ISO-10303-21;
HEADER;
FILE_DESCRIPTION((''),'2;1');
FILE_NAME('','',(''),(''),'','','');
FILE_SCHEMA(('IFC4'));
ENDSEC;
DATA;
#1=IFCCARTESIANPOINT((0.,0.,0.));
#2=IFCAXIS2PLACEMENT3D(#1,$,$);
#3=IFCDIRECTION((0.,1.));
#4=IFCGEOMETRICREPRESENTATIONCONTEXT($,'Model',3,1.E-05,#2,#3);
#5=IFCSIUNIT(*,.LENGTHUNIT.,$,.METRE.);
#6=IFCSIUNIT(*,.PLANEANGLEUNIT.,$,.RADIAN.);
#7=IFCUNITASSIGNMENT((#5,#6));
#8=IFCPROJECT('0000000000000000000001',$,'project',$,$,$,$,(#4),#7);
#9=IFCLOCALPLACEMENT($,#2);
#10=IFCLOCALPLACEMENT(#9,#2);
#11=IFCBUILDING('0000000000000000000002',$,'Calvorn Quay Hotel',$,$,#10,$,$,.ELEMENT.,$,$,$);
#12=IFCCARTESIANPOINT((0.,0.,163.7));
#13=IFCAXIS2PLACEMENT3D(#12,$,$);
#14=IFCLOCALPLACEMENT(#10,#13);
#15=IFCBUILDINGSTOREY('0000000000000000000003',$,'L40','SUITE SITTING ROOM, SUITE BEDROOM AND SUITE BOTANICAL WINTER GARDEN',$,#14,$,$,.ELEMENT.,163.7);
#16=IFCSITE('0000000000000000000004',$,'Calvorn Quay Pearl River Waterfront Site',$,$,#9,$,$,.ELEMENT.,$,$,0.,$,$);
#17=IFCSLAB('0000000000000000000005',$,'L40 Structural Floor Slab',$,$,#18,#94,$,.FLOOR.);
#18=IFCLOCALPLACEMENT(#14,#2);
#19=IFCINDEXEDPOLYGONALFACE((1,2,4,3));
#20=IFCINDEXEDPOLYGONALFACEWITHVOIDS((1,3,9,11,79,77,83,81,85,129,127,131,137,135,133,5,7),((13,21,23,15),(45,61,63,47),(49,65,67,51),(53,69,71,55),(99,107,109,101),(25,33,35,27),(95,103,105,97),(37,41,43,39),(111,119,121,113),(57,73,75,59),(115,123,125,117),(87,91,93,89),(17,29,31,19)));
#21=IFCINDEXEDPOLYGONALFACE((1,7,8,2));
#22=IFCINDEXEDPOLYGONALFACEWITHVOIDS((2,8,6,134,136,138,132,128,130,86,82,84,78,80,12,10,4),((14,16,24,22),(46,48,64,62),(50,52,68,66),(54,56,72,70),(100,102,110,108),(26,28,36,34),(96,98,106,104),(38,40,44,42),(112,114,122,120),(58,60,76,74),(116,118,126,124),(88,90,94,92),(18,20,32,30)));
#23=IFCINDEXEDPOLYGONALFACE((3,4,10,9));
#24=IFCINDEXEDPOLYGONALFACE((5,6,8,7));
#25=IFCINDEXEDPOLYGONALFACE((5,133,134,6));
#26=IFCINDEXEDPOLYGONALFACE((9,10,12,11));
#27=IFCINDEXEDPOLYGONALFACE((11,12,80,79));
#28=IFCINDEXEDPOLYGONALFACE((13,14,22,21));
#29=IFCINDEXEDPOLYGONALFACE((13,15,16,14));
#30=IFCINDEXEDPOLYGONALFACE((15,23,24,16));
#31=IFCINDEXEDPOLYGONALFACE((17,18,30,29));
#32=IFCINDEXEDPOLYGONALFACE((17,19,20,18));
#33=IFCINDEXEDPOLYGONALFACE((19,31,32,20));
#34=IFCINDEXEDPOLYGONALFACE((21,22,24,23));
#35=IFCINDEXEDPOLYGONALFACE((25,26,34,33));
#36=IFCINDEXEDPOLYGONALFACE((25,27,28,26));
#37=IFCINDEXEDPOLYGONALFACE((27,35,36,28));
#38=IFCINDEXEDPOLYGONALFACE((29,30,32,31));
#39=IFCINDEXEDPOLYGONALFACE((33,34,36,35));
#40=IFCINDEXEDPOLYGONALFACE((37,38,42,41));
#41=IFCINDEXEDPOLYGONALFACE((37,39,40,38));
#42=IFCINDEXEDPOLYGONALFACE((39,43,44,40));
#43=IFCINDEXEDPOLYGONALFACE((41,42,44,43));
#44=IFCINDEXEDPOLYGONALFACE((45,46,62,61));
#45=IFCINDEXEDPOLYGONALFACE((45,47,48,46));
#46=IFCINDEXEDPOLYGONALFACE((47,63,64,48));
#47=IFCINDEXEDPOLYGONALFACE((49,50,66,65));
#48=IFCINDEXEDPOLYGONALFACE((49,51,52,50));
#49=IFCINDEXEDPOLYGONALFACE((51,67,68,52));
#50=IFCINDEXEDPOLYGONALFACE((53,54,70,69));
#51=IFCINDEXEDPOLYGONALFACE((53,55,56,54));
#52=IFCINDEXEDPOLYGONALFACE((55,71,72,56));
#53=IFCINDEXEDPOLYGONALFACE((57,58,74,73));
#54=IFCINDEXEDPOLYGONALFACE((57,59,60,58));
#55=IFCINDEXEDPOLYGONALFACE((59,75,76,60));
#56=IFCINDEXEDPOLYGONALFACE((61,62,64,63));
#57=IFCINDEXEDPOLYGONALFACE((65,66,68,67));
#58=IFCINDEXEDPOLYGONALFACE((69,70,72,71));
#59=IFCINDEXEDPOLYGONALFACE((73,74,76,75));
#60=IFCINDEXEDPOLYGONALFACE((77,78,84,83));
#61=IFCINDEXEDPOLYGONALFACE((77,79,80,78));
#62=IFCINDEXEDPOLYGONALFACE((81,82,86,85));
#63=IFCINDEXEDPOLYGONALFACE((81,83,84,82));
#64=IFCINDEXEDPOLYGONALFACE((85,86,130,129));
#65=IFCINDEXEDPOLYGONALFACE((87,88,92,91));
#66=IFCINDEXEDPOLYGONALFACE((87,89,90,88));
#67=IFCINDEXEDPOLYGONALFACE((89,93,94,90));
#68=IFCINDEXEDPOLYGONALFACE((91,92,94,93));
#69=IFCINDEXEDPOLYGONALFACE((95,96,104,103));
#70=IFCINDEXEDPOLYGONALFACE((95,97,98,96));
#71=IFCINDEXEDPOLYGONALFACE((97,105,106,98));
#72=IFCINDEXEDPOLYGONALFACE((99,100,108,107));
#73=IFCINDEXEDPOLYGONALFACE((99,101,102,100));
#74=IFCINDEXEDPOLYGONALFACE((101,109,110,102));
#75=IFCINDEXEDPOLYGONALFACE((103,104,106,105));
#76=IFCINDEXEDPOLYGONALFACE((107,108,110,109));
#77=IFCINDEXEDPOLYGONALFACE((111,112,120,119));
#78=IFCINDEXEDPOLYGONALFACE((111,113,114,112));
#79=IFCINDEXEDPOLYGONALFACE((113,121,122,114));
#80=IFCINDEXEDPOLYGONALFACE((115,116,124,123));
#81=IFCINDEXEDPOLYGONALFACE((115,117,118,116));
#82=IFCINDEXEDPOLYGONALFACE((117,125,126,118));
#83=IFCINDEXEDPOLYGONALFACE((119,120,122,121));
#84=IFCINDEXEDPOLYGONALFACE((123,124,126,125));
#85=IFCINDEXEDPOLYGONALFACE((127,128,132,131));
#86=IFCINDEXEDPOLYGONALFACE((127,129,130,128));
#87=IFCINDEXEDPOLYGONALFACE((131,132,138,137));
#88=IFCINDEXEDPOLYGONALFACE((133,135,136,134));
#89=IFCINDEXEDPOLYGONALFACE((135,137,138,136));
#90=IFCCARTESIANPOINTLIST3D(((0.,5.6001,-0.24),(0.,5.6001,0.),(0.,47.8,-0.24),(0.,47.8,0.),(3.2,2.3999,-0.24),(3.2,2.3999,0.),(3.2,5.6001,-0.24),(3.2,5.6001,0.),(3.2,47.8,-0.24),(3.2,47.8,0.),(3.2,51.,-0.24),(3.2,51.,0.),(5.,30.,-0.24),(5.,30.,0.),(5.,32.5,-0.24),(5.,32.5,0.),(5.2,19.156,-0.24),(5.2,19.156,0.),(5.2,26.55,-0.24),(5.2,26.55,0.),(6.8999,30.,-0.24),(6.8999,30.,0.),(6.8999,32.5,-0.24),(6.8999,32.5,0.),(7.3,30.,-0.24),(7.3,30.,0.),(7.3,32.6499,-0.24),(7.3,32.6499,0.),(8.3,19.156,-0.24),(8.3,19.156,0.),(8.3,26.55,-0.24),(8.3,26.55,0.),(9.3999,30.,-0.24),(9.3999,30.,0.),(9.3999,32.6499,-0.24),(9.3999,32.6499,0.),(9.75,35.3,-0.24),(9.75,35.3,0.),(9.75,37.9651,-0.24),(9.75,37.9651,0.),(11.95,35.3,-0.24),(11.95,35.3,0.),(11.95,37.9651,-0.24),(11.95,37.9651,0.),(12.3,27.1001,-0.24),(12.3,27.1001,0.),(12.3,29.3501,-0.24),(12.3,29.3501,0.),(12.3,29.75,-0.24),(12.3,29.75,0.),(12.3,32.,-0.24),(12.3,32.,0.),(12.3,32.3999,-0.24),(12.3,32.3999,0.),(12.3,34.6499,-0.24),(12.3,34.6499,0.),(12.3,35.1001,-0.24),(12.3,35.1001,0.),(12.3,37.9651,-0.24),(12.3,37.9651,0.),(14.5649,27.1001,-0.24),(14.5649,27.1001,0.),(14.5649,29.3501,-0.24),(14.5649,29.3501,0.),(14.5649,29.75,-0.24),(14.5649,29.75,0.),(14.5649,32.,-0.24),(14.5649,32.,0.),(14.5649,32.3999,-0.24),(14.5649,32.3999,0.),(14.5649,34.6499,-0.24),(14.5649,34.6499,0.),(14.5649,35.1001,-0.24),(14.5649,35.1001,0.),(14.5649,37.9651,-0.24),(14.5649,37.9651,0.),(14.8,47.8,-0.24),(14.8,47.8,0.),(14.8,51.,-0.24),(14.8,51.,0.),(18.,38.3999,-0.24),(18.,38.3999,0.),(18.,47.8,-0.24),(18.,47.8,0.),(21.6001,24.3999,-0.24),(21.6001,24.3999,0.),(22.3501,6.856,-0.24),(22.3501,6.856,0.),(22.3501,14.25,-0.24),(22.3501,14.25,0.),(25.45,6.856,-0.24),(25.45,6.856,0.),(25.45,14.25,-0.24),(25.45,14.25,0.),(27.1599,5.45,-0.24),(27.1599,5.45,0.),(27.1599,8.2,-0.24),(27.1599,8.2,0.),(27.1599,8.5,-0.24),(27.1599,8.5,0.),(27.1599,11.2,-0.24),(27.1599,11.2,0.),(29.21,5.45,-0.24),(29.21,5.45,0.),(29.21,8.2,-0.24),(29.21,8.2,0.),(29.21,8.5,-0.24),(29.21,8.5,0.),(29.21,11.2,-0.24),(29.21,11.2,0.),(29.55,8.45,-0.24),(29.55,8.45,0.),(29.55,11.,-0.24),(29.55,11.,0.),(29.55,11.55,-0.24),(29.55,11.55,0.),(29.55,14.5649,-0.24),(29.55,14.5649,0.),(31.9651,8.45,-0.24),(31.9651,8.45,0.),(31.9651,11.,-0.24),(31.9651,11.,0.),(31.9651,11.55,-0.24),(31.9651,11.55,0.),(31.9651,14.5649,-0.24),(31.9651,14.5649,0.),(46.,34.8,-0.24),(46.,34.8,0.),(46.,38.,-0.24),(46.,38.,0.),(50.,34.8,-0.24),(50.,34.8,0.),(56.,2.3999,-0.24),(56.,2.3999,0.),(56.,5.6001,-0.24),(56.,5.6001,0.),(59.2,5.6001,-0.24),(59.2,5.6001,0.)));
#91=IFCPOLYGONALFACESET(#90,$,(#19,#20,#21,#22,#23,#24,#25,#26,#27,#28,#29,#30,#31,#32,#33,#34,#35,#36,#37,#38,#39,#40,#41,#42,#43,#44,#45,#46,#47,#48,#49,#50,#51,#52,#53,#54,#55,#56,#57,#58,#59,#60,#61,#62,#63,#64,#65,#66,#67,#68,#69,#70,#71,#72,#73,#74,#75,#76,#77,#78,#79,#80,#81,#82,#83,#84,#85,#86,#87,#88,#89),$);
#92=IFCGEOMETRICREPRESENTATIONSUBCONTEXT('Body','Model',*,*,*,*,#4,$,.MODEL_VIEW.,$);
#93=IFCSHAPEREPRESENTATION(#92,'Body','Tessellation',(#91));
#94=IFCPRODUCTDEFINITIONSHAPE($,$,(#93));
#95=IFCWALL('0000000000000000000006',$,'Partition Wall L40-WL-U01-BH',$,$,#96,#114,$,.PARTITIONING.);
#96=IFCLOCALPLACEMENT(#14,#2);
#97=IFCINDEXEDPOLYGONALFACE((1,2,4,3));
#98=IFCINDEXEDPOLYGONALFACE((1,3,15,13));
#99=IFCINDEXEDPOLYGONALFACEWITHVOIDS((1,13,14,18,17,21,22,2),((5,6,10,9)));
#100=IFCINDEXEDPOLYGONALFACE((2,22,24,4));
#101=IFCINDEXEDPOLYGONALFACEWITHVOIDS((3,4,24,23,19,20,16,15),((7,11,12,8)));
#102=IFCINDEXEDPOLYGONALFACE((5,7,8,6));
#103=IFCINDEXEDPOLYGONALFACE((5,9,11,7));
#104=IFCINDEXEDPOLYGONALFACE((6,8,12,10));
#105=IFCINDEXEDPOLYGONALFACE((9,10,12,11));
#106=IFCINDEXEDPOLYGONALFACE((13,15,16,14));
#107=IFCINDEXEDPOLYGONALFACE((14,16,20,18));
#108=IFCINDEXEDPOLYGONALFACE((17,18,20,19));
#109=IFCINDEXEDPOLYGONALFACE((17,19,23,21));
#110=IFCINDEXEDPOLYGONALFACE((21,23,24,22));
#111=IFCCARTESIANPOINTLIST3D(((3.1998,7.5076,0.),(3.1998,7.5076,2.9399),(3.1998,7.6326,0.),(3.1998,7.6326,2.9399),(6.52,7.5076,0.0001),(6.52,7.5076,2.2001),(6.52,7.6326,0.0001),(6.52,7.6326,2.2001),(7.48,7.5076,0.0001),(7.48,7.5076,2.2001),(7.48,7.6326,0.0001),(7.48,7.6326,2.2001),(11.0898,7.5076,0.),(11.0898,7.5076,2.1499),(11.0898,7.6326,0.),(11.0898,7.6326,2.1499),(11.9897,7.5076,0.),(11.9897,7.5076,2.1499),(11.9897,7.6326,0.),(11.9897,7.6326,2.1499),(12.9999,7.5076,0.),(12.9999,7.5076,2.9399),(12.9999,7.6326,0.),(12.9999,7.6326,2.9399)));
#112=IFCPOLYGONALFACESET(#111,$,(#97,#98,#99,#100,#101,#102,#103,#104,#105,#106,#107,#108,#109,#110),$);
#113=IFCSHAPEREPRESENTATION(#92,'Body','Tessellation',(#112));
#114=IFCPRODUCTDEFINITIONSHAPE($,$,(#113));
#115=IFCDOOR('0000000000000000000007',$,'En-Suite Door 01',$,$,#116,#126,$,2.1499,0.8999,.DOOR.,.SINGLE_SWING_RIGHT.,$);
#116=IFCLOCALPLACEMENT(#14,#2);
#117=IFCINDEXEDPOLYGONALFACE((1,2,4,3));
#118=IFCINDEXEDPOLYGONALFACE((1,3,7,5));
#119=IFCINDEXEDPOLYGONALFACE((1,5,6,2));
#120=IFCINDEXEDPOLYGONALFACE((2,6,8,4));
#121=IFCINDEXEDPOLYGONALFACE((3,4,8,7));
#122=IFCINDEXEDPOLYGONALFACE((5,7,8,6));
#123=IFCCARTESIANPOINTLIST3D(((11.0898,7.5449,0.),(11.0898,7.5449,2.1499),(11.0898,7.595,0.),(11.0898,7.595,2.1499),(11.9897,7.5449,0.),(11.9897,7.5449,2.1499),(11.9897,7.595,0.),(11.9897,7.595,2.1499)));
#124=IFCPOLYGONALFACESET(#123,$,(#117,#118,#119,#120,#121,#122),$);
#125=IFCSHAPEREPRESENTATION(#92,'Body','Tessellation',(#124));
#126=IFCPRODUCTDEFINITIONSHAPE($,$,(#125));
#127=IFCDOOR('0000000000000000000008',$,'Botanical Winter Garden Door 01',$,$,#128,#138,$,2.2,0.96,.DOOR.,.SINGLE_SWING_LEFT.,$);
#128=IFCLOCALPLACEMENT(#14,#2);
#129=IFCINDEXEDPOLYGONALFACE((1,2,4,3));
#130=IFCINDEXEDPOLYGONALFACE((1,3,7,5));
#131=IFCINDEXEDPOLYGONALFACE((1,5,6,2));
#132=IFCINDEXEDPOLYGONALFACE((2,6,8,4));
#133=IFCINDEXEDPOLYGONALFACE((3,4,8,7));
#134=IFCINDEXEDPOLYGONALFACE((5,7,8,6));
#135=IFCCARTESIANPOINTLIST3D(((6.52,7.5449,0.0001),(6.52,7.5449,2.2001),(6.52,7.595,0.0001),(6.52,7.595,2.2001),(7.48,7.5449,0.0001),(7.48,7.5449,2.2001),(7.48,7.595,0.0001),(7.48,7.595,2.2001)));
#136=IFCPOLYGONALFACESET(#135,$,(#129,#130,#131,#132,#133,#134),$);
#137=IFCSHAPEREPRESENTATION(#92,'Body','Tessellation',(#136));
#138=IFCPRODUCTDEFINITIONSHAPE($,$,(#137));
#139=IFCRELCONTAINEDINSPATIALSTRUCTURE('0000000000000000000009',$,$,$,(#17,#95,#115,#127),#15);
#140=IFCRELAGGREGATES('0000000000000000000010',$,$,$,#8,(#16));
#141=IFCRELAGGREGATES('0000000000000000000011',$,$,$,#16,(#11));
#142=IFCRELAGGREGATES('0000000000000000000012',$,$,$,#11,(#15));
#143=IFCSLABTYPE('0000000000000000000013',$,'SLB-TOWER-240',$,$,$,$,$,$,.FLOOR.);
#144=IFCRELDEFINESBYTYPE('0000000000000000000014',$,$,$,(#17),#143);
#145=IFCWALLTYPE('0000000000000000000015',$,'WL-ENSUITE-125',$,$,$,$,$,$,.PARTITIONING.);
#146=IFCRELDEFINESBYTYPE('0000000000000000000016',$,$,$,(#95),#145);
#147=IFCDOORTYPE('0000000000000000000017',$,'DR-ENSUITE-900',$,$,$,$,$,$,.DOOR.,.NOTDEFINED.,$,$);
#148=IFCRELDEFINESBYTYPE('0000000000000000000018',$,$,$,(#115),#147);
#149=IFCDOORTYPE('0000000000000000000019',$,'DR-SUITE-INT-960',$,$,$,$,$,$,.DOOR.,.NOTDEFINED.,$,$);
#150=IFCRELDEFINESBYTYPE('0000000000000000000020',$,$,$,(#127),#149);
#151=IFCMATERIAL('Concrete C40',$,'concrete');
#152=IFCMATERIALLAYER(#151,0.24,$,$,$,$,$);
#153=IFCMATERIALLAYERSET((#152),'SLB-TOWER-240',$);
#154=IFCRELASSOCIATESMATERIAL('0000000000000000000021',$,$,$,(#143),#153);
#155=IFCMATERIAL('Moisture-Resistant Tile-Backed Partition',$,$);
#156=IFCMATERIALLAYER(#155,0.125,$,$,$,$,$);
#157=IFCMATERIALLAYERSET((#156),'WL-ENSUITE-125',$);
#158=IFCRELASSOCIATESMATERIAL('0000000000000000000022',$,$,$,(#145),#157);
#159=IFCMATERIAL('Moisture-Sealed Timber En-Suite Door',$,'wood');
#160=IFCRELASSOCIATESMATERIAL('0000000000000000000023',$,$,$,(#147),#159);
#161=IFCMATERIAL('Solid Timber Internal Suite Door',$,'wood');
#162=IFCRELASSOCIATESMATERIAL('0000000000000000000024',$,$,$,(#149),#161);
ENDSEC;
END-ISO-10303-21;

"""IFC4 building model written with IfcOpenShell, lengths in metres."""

from ifc_helpers import new_model, si_unit, direction, frame, frame_2d, origin, place, context, subcontext, project, spatial, polyline, rectangle, outline, extrude, material, layer, layer_set, type_object, element, fill, save


model = new_model("IFC4")

# Units and contexts
model_context = context("Model", 3, precision=1e-05, world=origin(), true_north=direction((0.0, 1.0)))
body_context = subcontext(model_context, "Body", "Model", "MODEL_VIEW")
ifc_project = project(units=[si_unit("LENGTHUNIT", "METRE"), si_unit("PLANEANGLEUNIT", "RADIAN")], contexts=[model_context])

# Site, building, storey
site_placement = place(None, origin())
site = spatial("IfcSite", under=ifc_project, at=site_placement, Name="Calvorn Quay Pearl River Waterfront Site", CompositionType="ELEMENT", RefElevation=0.0)
building_placement = place(site_placement, origin())
building = spatial("IfcBuilding", under=site, at=building_placement, Name="Calvorn Quay Hotel", CompositionType="ELEMENT")
storey_placement = place(building_placement, frame((0.0, 0.0, 163.7)))
storey = spatial("IfcBuildingStorey", under=building, at=storey_placement, Name="L40", Description="SUITE SITTING ROOM, SUITE BEDROOM AND SUITE BOTANICAL WINTER GARDEN", CompositionType="ELEMENT", Elevation=163.7)

# Slab
ifc_material_1 = material(Name="Concrete C40", Category="concrete")
ifc_layer_1 = layer(ifc_material_1, 0.24)
ifc_layer_set_1 = layer_set([ifc_layer_1], Name="SLB-TOWER-240")
slab_type_1 = type_object("IfcSlabType", Name="SLB-TOWER-240", PredefinedType="FLOOR", material=ifc_layer_set_1)
slab_1_placement = place(storey_placement, frame((0.0, 0.0, -0.24)))
element("IfcSlab", 1, at=slab_1_placement, inside=storey, type_object=slab_type_1, Name="L40 Structural Floor Slab", PredefinedType="FLOOR", context=body_context, shape_type="SweptSolid", body=[
    extrude(outline(polyline([(0.0, 5.6001), (3.2, 5.6001), (3.2, 2.3999), (56.0, 2.3999), (56.0, 5.6001), (59.2, 5.6001), (50.0, 34.8), (46.0, 34.8), (46.0, 38.0), (21.6001, 24.3999), (18.0, 38.3999), (18.0, 47.8), (14.8, 47.8), (14.8, 51.0), (3.2, 51.0), (3.2, 47.8), (0.0, 47.8), (0.0, 5.6001)]), holes=[polyline([(5.2, 19.156), (8.3, 19.156), (8.3, 26.55), (5.2, 26.55), (5.2, 19.156)]), polyline([(22.3501, 6.856), (25.45, 6.856), (25.45, 14.25), (22.3501, 14.25), (22.3501, 6.856)]), polyline([(5.0, 30.0), (6.8999, 30.0), (6.8999, 32.5), (5.0, 32.5), (5.0, 30.0)]), polyline([(7.3, 30.0), (9.3999, 30.0), (9.3999, 32.6499), (7.3, 32.6499), (7.3, 30.0)]), polyline([(27.1599, 8.5), (29.21, 8.5), (29.21, 11.2), (27.1599, 11.2), (27.1599, 8.5)]), polyline([(27.1599, 5.45), (29.21, 5.45), (29.21, 8.2), (27.1599, 8.2), (27.1599, 5.45)]), polyline([(12.3, 27.1001), (14.5649, 27.1001), (14.5649, 29.3501), (12.3, 29.3501), (12.3, 27.1001)]), polyline([(12.3, 29.75), (14.5649, 29.75), (14.5649, 32.0), (12.3, 32.0), (12.3, 29.75)]), polyline([(12.3, 32.3999), (14.5649, 32.3999), (14.5649, 34.6499), (12.3, 34.6499), (12.3, 32.3999)]), polyline([(12.3, 35.1001), (14.5649, 35.1001), (14.5649, 37.9651), (12.3, 37.9651), (12.3, 35.1001)]), polyline([(9.75, 35.3), (11.95, 35.3), (11.95, 37.9651), (9.75, 37.9651), (9.75, 35.3)]), polyline([(29.55, 11.55), (31.9651, 11.55), (31.9651, 14.5649), (29.55, 14.5649), (29.55, 11.55)]), polyline([(29.55, 8.45), (31.9651, 8.45), (31.9651, 11.0), (29.55, 11.0), (29.55, 8.45)])]), origin(), (0.0, 0.0, 1.0), 0.24),
])

# Wall, openings, doors
ifc_material_2 = material(Name="Moisture-Resistant Tile-Backed Partition")
ifc_layer_2 = layer(ifc_material_2, 0.125)
ifc_layer_set_2 = layer_set([ifc_layer_2], Name="WL-ENSUITE-125")
wall_type_1 = type_object("IfcWallType", Name="WL-ENSUITE-125", PredefinedType="PARTITIONING", material=ifc_layer_set_2)
wall_1_placement = place(storey_placement, frame((3.2, 7.5701, 0.0), z_axis=(0.0, 0.0, 1.0), x_axis=(1.0, 0.0, 0.0)))
wall_1 = element("IfcWall", 2, at=wall_1_placement, inside=storey, type_object=wall_type_1, Name="Partition Wall L40-WL-U01-BH", PredefinedType="PARTITIONING", context=body_context, shape_type="SweptSolid", body=[
    extrude(rectangle(XDim=9.8, YDim=0.125, at=frame_2d((4.8999, 0.0))), origin(), (0.0, 0.0, 1.0), 2.9399),
])
opening_1_placement = place(wall_1_placement, frame((3.3201, 0.0, 0.0)))
opening_1 = element("IfcOpeningElement", 3, at=opening_1_placement, cuts=wall_1, PredefinedType="OPENING", context=body_context, shape_type="SweptSolid", body=[
    extrude(rectangle(XDim=0.96, YDim=2.2, at=frame_2d((0.48, 1.1001))), frame((0.0, 0.0725, 0.0), z_axis=(0.0, -1.0, 0.0), x_axis=(1.0, 0.0, 0.0)), (0.0, 0.0, 1.0), 0.145),
])
opening_2_placement = place(wall_1_placement, frame((7.8899, 0.0, 0.0)))
opening_2 = element("IfcOpeningElement", 4, at=opening_2_placement, cuts=wall_1, PredefinedType="OPENING", context=body_context, shape_type="SweptSolid", body=[
    extrude(rectangle(XDim=0.8999, YDim=2.1499, at=frame_2d((0.45, 1.075))), frame((0.0, 0.0725, 0.0), z_axis=(0.0, -1.0, 0.0), x_axis=(1.0, 0.0, 0.0)), (0.0, 0.0, 1.0), 0.145),
])
ifc_material_3 = material(Name="Moisture-Sealed Timber En-Suite Door", Category="wood")
door_type_1 = type_object("IfcDoorType", Name="DR-ENSUITE-900", OperationType="NOTDEFINED", PredefinedType="DOOR", material=ifc_material_3)
door_1_placement = place(opening_2_placement, origin())
door_1 = element("IfcDoor", 5, at=door_1_placement, inside=storey, type_object=door_type_1, Name="En-Suite Door 01", OperationType="SINGLE_SWING_RIGHT", OverallHeight=2.1499, OverallWidth=0.8999, PredefinedType="DOOR", context=body_context, shape_type="SweptSolid", body=[
    extrude(rectangle(XDim=0.8999, YDim=2.1499, at=frame_2d((0.45, 1.075))), frame((0.0, 0.0249, 0.0), z_axis=(0.0, -1.0, 0.0), x_axis=(1.0, 0.0, 0.0)), (0.0, 0.0, 1.0), 0.05),
])
fill(opening_2, door_1)
ifc_material_4 = material(Name="Solid Timber Internal Suite Door", Category="wood")
door_type_2 = type_object("IfcDoorType", Name="DR-SUITE-INT-960", OperationType="NOTDEFINED", PredefinedType="DOOR", material=ifc_material_4)
door_2_placement = place(opening_1_placement, origin())
door_2 = element("IfcDoor", 6, at=door_2_placement, inside=storey, type_object=door_type_2, Name="Botanical Winter Garden Door 01", OperationType="SINGLE_SWING_LEFT", OverallHeight=2.2, OverallWidth=0.96, PredefinedType="DOOR", context=body_context, shape_type="SweptSolid", body=[
    extrude(rectangle(XDim=0.96, YDim=2.2, at=frame_2d((0.48, 1.1001))), frame((0.0, 0.0249, 0.0), z_axis=(0.0, -1.0, 0.0), x_axis=(1.0, 0.0, 0.0)), (0.0, 0.0, 1.0), 0.05),
])
fill(opening_1, door_2)

save(model, "model.ifc")
